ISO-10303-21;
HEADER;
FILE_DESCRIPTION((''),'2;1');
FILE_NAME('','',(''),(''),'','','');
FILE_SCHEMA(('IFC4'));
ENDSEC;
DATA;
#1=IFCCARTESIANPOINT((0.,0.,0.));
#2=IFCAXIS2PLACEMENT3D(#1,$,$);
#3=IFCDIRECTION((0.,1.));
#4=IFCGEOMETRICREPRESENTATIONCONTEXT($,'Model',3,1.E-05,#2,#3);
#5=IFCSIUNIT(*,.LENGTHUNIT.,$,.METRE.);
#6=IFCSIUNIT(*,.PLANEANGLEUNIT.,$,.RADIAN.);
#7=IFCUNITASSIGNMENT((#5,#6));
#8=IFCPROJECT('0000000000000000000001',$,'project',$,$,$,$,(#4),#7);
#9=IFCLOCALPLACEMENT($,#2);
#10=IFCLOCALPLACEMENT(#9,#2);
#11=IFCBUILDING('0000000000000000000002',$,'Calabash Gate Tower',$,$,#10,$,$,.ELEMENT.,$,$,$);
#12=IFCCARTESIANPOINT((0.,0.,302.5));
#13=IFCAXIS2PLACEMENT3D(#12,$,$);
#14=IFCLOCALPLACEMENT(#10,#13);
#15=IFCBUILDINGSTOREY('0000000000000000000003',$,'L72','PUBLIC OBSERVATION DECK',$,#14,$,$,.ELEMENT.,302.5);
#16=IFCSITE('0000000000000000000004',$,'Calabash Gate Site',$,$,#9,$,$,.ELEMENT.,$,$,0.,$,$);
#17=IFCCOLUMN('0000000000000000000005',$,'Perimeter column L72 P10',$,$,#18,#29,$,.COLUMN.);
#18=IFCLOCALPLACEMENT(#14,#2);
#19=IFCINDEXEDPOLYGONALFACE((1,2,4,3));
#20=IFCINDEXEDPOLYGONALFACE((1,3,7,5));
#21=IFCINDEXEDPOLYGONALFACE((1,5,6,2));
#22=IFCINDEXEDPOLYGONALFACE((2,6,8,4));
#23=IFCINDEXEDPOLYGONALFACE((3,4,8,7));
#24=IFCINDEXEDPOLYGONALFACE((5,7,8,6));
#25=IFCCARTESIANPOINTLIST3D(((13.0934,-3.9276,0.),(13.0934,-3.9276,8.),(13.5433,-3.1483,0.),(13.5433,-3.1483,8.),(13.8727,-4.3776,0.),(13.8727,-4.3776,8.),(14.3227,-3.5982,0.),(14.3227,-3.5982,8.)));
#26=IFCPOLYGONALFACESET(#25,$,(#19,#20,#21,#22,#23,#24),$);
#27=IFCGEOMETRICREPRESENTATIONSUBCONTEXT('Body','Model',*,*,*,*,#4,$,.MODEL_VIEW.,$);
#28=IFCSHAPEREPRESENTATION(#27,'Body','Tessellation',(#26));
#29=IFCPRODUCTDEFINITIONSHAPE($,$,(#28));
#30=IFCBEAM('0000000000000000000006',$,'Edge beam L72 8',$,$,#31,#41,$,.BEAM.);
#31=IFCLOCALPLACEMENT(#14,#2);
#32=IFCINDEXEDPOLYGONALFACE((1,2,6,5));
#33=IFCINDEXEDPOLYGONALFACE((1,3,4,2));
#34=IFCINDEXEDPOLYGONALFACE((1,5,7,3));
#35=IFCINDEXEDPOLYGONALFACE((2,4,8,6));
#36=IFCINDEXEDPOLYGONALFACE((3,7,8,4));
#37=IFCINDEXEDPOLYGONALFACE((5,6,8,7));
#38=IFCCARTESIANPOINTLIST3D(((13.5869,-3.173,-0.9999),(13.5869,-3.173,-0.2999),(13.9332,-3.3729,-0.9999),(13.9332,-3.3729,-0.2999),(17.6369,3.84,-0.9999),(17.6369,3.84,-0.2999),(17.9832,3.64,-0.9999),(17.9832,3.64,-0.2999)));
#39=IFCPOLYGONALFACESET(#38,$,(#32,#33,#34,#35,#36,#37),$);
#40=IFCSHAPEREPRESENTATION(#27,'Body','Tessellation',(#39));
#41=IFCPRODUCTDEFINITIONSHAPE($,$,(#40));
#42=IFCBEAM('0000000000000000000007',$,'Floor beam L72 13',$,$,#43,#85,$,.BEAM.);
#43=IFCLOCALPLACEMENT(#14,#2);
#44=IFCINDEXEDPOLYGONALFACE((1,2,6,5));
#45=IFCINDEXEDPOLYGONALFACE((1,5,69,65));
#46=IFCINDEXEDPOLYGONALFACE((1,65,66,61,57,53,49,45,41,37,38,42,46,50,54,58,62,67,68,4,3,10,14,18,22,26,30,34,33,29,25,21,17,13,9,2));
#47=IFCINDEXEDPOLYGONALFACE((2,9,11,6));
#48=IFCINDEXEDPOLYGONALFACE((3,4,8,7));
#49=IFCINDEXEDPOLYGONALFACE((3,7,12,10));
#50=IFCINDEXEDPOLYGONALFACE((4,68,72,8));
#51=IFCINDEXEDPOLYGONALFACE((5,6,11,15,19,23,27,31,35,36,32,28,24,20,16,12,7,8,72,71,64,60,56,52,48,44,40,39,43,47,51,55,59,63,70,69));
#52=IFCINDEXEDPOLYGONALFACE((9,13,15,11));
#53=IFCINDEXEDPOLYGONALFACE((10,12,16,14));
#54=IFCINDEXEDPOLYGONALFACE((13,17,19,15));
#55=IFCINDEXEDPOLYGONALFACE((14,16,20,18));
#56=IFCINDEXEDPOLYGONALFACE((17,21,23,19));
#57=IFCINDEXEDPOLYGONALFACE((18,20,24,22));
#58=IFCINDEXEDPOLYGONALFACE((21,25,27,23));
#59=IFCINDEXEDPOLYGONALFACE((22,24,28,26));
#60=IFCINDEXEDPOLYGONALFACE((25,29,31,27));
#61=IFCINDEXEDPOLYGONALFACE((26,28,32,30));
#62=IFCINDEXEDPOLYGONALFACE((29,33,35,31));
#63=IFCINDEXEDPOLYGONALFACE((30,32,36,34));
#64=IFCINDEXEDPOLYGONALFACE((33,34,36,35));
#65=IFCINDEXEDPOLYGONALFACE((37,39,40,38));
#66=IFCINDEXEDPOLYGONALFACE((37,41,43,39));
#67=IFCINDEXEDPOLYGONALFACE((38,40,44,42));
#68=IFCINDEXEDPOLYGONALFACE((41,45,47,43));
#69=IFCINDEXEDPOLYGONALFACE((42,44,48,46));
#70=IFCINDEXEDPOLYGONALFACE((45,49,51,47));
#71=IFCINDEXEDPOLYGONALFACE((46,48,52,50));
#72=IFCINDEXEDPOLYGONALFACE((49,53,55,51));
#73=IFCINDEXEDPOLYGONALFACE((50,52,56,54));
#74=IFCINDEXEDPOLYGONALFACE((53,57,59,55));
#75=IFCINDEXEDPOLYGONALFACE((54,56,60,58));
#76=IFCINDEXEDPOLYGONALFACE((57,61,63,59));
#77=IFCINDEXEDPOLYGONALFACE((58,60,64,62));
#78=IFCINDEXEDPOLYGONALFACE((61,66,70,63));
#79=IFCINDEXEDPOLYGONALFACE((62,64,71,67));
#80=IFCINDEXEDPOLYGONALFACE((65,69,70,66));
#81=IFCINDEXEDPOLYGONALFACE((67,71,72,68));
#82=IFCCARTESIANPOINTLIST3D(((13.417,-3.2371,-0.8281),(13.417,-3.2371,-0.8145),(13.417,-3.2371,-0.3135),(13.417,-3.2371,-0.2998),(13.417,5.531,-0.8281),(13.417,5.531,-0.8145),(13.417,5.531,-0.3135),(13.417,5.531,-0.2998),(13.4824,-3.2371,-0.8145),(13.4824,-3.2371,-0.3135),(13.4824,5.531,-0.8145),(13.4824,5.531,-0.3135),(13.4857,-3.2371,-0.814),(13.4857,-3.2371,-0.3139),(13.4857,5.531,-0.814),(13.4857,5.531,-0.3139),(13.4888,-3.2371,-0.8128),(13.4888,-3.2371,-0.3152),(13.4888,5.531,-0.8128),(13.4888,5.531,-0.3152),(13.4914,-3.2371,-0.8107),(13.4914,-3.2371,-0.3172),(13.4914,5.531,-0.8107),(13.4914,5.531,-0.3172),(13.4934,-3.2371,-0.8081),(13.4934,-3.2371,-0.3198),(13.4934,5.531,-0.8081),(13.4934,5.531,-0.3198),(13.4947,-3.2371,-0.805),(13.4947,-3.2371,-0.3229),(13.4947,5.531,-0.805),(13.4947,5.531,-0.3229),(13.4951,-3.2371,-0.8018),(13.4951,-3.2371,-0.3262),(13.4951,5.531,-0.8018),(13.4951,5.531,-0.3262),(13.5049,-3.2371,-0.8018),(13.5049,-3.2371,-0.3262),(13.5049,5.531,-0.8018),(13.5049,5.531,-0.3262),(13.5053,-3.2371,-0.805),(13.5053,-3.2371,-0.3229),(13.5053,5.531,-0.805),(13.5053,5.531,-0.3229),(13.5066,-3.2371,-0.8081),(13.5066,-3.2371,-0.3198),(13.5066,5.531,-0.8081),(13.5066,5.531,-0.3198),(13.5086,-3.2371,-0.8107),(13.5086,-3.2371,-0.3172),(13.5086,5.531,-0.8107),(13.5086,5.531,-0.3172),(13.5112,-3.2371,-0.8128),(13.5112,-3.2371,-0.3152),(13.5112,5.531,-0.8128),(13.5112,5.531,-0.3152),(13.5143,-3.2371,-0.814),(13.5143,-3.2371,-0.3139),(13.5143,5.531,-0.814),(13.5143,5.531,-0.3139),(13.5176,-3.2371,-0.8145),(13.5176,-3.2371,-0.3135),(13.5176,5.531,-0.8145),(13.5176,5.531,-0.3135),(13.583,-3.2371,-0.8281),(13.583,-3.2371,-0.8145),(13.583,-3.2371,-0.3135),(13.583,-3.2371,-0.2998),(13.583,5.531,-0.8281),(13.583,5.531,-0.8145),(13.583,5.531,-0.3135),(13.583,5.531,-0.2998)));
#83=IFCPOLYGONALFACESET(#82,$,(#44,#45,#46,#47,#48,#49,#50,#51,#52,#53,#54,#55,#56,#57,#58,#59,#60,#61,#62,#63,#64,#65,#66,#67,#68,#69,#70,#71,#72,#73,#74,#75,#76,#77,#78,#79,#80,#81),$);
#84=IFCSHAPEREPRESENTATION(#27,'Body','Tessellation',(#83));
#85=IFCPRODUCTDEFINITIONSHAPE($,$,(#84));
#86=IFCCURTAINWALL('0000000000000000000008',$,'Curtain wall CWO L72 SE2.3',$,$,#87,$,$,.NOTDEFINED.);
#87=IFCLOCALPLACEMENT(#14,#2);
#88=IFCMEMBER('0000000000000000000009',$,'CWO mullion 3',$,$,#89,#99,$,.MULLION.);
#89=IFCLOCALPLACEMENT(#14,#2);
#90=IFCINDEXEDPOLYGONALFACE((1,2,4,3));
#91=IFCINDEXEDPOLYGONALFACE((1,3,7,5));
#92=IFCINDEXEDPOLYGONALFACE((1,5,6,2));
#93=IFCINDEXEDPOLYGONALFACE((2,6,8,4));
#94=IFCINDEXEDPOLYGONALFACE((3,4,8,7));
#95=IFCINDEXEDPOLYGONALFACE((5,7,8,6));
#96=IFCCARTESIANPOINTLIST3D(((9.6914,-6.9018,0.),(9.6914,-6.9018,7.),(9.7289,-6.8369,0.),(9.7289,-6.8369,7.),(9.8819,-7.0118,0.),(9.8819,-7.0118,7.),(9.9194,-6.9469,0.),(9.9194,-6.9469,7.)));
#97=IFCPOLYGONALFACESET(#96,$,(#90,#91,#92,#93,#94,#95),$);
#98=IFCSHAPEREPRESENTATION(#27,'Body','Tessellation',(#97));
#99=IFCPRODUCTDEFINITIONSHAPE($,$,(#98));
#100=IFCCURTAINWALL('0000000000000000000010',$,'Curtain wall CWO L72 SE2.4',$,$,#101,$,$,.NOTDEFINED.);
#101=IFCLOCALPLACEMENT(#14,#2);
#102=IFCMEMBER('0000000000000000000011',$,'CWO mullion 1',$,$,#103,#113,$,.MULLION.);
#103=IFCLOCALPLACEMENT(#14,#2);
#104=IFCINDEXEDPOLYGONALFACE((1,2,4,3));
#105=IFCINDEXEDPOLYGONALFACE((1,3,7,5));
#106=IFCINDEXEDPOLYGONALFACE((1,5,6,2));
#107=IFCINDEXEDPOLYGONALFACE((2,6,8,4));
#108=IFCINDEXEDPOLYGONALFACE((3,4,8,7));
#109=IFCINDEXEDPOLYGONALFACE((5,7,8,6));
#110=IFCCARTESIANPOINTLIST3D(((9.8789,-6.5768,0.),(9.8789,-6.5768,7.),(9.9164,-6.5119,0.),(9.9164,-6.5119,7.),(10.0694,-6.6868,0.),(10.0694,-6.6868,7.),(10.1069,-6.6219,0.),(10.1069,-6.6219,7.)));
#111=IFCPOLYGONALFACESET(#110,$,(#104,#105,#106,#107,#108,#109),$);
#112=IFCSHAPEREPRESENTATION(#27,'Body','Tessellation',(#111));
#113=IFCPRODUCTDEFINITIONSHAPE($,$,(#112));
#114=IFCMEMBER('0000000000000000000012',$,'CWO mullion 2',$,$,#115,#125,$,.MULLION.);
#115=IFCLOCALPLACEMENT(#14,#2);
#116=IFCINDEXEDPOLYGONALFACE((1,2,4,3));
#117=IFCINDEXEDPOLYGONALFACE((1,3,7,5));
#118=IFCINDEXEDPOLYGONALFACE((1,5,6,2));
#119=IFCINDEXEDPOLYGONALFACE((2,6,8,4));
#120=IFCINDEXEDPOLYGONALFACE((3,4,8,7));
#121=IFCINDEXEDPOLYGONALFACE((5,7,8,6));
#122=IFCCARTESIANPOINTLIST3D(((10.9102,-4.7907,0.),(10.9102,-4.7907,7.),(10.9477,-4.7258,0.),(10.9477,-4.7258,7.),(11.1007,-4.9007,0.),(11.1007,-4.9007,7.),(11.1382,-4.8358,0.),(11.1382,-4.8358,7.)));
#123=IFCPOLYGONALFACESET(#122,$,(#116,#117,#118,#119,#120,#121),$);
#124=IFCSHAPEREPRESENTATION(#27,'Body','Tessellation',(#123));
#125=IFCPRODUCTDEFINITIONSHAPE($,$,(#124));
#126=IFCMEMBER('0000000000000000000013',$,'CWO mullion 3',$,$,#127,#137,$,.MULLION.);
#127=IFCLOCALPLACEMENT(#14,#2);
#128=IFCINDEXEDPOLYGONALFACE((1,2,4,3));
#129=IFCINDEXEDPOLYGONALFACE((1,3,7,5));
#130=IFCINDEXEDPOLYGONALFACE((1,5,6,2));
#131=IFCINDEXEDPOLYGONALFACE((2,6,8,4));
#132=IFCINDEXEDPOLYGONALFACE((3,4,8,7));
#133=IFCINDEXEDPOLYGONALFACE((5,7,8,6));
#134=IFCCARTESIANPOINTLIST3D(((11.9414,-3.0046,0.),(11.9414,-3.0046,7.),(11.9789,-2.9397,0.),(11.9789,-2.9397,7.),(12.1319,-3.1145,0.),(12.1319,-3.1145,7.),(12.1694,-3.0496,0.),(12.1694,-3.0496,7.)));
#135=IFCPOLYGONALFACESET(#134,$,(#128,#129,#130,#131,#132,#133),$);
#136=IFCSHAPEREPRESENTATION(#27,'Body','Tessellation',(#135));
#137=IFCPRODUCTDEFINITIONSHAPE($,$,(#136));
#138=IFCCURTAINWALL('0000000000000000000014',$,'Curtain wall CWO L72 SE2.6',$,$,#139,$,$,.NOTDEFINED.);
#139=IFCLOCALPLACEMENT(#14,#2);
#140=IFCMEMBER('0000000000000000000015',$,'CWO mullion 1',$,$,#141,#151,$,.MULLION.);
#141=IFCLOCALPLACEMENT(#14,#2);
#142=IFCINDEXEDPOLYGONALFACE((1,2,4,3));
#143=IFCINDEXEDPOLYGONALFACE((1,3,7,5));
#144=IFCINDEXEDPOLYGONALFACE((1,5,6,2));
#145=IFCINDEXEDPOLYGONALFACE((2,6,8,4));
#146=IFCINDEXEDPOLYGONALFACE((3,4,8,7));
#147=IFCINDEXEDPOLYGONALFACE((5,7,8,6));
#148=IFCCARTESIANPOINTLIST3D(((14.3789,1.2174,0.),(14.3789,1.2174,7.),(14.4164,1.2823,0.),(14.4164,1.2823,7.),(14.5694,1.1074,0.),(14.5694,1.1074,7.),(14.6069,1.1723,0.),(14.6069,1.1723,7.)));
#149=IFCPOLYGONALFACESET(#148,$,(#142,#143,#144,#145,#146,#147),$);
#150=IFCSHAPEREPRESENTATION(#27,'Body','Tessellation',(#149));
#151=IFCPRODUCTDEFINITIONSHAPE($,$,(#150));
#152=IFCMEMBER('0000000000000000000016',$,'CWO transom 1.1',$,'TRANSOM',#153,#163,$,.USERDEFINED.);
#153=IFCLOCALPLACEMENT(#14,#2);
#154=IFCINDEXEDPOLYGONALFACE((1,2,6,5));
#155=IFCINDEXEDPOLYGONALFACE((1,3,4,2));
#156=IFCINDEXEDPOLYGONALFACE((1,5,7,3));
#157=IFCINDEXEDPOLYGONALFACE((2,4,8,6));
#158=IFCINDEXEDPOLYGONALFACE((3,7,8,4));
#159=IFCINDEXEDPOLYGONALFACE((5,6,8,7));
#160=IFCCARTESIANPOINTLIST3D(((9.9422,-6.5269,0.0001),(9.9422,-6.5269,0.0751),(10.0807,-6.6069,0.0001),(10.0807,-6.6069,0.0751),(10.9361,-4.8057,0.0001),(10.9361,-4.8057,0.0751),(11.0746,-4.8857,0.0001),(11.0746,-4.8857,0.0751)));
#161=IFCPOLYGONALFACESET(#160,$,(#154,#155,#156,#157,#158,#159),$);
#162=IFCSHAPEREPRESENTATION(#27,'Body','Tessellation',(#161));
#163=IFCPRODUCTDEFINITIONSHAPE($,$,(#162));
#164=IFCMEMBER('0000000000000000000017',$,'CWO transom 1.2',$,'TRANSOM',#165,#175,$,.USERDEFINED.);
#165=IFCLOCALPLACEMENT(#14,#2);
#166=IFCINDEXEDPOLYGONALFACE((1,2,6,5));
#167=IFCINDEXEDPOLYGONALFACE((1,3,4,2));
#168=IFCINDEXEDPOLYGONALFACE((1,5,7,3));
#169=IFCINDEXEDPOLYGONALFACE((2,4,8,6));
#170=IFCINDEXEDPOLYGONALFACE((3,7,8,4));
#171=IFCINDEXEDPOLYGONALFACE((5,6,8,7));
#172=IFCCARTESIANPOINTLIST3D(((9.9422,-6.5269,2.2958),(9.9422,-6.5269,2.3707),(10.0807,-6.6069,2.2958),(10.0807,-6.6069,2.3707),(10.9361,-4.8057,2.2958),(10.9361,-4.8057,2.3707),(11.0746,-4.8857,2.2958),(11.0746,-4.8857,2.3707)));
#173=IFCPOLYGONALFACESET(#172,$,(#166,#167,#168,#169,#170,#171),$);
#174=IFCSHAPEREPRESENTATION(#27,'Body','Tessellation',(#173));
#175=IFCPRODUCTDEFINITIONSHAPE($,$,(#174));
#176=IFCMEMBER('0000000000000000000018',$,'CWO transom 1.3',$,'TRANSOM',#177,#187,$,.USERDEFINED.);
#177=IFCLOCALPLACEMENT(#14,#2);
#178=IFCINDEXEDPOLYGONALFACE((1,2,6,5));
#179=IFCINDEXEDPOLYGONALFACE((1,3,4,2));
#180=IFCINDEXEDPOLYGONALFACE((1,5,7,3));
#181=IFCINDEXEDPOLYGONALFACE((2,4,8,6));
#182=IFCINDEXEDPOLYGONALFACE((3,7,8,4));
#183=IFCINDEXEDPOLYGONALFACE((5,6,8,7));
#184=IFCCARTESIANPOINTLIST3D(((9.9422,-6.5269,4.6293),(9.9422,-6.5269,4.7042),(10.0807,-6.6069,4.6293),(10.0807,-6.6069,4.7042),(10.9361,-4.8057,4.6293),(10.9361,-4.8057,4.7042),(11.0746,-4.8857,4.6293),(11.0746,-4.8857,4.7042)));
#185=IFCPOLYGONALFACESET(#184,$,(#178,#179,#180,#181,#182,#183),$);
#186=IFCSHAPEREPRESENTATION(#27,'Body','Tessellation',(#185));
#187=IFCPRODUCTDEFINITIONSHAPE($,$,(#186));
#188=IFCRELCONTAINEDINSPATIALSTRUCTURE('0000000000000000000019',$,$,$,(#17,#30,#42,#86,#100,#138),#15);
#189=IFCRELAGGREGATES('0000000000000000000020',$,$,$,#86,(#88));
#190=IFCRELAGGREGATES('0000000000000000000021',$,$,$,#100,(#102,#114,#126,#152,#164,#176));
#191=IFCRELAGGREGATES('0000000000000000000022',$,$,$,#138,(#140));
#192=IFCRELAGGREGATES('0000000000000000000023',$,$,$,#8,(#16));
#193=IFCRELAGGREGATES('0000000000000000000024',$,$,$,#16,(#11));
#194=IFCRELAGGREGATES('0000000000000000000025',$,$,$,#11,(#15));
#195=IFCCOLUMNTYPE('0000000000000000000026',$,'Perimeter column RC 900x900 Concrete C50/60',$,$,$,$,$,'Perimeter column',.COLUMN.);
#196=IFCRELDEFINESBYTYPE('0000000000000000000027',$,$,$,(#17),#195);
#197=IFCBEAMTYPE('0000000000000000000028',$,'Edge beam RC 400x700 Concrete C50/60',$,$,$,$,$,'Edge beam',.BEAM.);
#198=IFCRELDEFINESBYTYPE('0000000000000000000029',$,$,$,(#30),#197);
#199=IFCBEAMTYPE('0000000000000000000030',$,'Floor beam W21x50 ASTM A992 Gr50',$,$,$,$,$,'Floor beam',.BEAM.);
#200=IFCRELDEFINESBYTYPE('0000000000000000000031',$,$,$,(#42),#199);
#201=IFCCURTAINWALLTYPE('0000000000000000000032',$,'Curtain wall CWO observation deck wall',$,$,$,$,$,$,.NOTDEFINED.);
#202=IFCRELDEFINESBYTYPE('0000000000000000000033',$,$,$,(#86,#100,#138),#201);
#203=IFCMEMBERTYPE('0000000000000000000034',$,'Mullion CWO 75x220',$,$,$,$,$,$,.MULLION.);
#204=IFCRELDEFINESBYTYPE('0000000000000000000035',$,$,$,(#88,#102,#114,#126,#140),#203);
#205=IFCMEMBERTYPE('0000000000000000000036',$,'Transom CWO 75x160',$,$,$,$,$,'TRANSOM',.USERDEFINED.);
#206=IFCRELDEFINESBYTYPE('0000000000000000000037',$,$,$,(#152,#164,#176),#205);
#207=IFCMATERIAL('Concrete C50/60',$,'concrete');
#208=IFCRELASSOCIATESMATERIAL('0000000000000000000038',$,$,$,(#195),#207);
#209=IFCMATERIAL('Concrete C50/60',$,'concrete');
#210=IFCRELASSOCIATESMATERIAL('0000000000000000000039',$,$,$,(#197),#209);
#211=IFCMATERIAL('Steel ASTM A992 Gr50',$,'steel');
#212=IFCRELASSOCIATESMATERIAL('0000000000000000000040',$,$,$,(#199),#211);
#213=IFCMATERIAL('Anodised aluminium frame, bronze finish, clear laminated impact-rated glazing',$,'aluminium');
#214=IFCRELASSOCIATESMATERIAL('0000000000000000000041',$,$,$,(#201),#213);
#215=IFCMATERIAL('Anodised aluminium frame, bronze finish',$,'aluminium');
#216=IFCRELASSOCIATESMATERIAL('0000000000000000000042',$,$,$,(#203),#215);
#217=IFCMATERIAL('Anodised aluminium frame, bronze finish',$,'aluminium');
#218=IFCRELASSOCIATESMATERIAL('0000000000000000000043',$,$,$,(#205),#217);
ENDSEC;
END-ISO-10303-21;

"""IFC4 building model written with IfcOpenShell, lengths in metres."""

from ifc_helpers import new_model, si_unit, direction, frame, origin, origin_2d, place, context, subcontext, project, spatial, rectangle, i_section, extrude, material, material_profile, profile_set, type_object, element, aggregate, save


model = new_model("IFC4")

# Units and contexts
model_context = context("Model", 3, precision=1e-05, world=origin(), true_north=direction((0.0, 1.0)))
body_context = subcontext(model_context, "Body", "Model", "MODEL_VIEW")
ifc_project = project(units=[si_unit("LENGTHUNIT", "METRE"), si_unit("PLANEANGLEUNIT", "RADIAN")], contexts=[model_context])

# Site, building, storey
site_placement = place(None, origin())
site = spatial("IfcSite", under=ifc_project, at=site_placement, Name="Calabash Gate Site", CompositionType="ELEMENT", RefElevation=0.0)
building_placement = place(site_placement, origin())
building = spatial("IfcBuilding", under=site, at=building_placement, Name="Calabash Gate Tower", CompositionType="ELEMENT")
storey_placement = place(building_placement, frame((0.0, 0.0, 302.5)))
storey = spatial("IfcBuildingStorey", under=building, at=storey_placement, Name="L72", Description="PUBLIC OBSERVATION DECK", CompositionType="ELEMENT", Elevation=302.5)

# Column
ifc_material_1 = material(Name="Concrete C50/60", Category="concrete")
ifc_material_profile_1 = material_profile(ifc_material_1, rectangle(XDim=0.8999, YDim=0.8999, at=origin_2d()))
ifc_profile_set_1 = profile_set([ifc_material_profile_1], Name="Concrete C50/60")
column_type = type_object("IfcColumnType", Name="Perimeter column RC 900x900 Concrete C50/60", ElementType="Perimeter column", PredefinedType="COLUMN", material=ifc_profile_set_1)
column_placement = place(storey_placement, frame((13.708, -3.7629, 0.0), z_axis=(0.0, 0.0, 1.0), x_axis=(0.5, 0.866025, 0.0)))
element("IfcColumn", 1, at=column_placement, inside=storey, type_object=column_type, Name="Perimeter column L72 P10", PredefinedType="COLUMN", context=body_context, shape_type="SweptSolid", body=[
    extrude(rectangle(XDim=0.8999, YDim=0.8999, at=origin_2d()), origin(), (0.0, 0.0, 1.0), 8.0),
])

# Beams
ifc_material_2 = material(Name="Concrete C50/60", Category="concrete")
ifc_material_profile_2 = material_profile(ifc_material_2, rectangle(XDim=0.3999, YDim=0.7, at=origin_2d()))
ifc_profile_set_2 = profile_set([ifc_material_profile_2], Name="Concrete C50/60")
beam_type_1 = type_object("IfcBeamType", Name="Edge beam RC 400x700 Concrete C50/60", ElementType="Edge beam", PredefinedType="BEAM", material=ifc_profile_set_2)
beam_1_placement = place(storey_placement, frame((13.76, -3.2729, -0.6499), z_axis=(0.500104, 0.865965, 0.0), x_axis=(-0.865965, 0.500104, 0.0)))
element("IfcBeam", 2, at=beam_1_placement, inside=storey, type_object=beam_type_1, Name="Edge beam L72 8", PredefinedType="BEAM", context=body_context, shape_type="SweptSolid", body=[
    extrude(rectangle(XDim=0.3999, YDim=0.7, at=origin_2d()), origin(), (0.0, 0.0, 1.0), 8.0984),
])
ifc_material_3 = material(Name="Steel ASTM A992 Gr50", Category="steel")
ifc_material_profile_3 = material_profile(ifc_material_3, i_section(OverallWidth=0.166, OverallDepth=0.5283, WebThickness=0.0098, FlangeThickness=0.0137, FilletRadius=0.0127, at=origin_2d()))
ifc_profile_set_3 = profile_set([ifc_material_profile_3], Name="Steel ASTM A992 Gr50")
beam_type_2 = type_object("IfcBeamType", Name="Floor beam W21x50 ASTM A992 Gr50", ElementType="Floor beam", PredefinedType="BEAM", material=ifc_profile_set_3)
beam_2_placement = place(storey_placement, frame((13.5, -3.2371, -0.564), z_axis=(0.0, 1.0, 0.0), x_axis=(-1.0, 0.0, 0.0)))
element("IfcBeam", 3, at=beam_2_placement, inside=storey, type_object=beam_type_2, Name="Floor beam L72 13", PredefinedType="BEAM", context=body_context, shape_type="SweptSolid", body=[
    extrude(i_section(OverallWidth=0.166, OverallDepth=0.5283, WebThickness=0.0098, FlangeThickness=0.0137, FilletRadius=0.0127, at=origin_2d()), origin(), (0.0, 0.0, 1.0), 8.7681),
])

# Curtain wall, member
ifc_material_4 = material(Name="Anodised aluminium frame, bronze finish, clear laminated impact-rated glazing", Category="aluminium")
curtain_wall_type = type_object("IfcCurtainWallType", Name="Curtain wall CWO observation deck wall", PredefinedType="NOTDEFINED", material=ifc_material_4)
curtain_wall_1_placement = place(storey_placement, origin())
curtain_wall_1 = element("IfcCurtainWall", 4, at=curtain_wall_1_placement, inside=storey, type_object=curtain_wall_type, Name="Curtain wall CWO L72 SE2.3", PredefinedType="NOTDEFINED")
ifc_material_5 = material(Name="Anodised aluminium frame, bronze finish", Category="aluminium")
ifc_material_profile_4 = material_profile(ifc_material_5, rectangle(XDim=0.22, YDim=0.075, at=origin_2d()))
ifc_profile_set_4 = profile_set([ifc_material_profile_4], Name="Anodised aluminium frame, bronze finish")
member_type_1 = type_object("IfcMemberType", Name="Mullion CWO 75x220", PredefinedType="MULLION", material=ifc_profile_set_4)
member_1_placement = place(storey_placement, frame((9.8054, -6.9243, 0.0), z_axis=(0.0, 0.0, 1.0), x_axis=(-0.866025, 0.5, 0.0)))
member_1 = element("IfcMember", 5, at=member_1_placement, type_object=member_type_1, Name="CWO mullion 3", PredefinedType="MULLION", context=body_context, shape_type="SweptSolid", body=[
    extrude(rectangle(XDim=0.22, YDim=0.075, at=origin_2d()), origin(), (0.0, 0.0, 1.0), 7.0),
])
aggregate(curtain_wall_1, [member_1])

# Curtain wall, members
curtain_wall_2_placement = place(storey_placement, origin())
curtain_wall_2 = element("IfcCurtainWall", 6, at=curtain_wall_2_placement, inside=storey, type_object=curtain_wall_type, Name="Curtain wall CWO L72 SE2.4", PredefinedType="NOTDEFINED")
member_2_placement = place(storey_placement, frame((9.9929, -6.5994, 0.0), z_axis=(0.0, 0.0, 1.0), x_axis=(-0.866025, 0.5, 0.0)))
member_2 = element("IfcMember", 7, at=member_2_placement, type_object=member_type_1, Name="CWO mullion 1", PredefinedType="MULLION", context=body_context, shape_type="SweptSolid", body=[
    extrude(rectangle(XDim=0.22, YDim=0.075, at=origin_2d()), origin(), (0.0, 0.0, 1.0), 7.0),
])
member_3_placement = place(storey_placement, frame((11.0242, -4.8132, 0.0), z_axis=(0.0, 0.0, 1.0), x_axis=(-0.866025, 0.5, 0.0)))
member_3 = element("IfcMember", 8, at=member_3_placement, type_object=member_type_1, Name="CWO mullion 2", PredefinedType="MULLION", context=body_context, shape_type="SweptSolid", body=[
    extrude(rectangle(XDim=0.22, YDim=0.075, at=origin_2d()), origin(), (0.0, 0.0, 1.0), 7.0),
])
member_4_placement = place(storey_placement, frame((12.0554, -3.0271, 0.0), z_axis=(0.0, 0.0, 1.0), x_axis=(-0.866025, 0.5, 0.0)))
member_4 = element("IfcMember", 9, at=member_4_placement, type_object=member_type_1, Name="CWO mullion 3", PredefinedType="MULLION", context=body_context, shape_type="SweptSolid", body=[
    extrude(rectangle(XDim=0.22, YDim=0.075, at=origin_2d()), origin(), (0.0, 0.0, 1.0), 7.0),
])

# Curtain wall, member
curtain_wall_3_placement = place(storey_placement, origin())
curtain_wall_3 = element("IfcCurtainWall", 10, at=curtain_wall_3_placement, inside=storey, type_object=curtain_wall_type, Name="Curtain wall CWO L72 SE2.6", PredefinedType="NOTDEFINED")
member_5_placement = place(storey_placement, frame((14.4929, 1.1948, 0.0), z_axis=(0.0, 0.0, 1.0), x_axis=(-0.866025, 0.5, 0.0)))
member_5 = element("IfcMember", 11, at=member_5_placement, type_object=member_type_1, Name="CWO mullion 1", PredefinedType="MULLION", context=body_context, shape_type="SweptSolid", body=[
    extrude(rectangle(XDim=0.22, YDim=0.075, at=origin_2d()), origin(), (0.0, 0.0, 1.0), 7.0),
])

# Members
ifc_material_6 = material(Name="Anodised aluminium frame, bronze finish", Category="aluminium")
ifc_material_profile_5 = material_profile(ifc_material_6, rectangle(XDim=0.1599, YDim=0.075, at=origin_2d()))
ifc_profile_set_5 = profile_set([ifc_material_profile_5], Name="Anodised aluminium frame, bronze finish")
member_type_2 = type_object("IfcMemberType", Name="Transom CWO 75x160", ElementType="TRANSOM", PredefinedType="USERDEFINED", material=ifc_profile_set_5)
member_6_placement = place(storey_placement, frame((10.0115, -6.5669, 0.0376), z_axis=(0.500063, 0.865989, 0.0), x_axis=(-0.865989, 0.500063, 0.0)))
member_6 = element("IfcMember", 12, at=member_6_placement, type_object=member_type_2, Name="CWO transom 1.1", ObjectType="TRANSOM", PredefinedType="USERDEFINED", context=body_context, shape_type="SweptSolid", body=[
    extrude(rectangle(XDim=0.1599, YDim=0.075, at=origin_2d()), origin(), (0.0, 0.0, 1.0), 1.9875),
])
member_7_placement = place(storey_placement, frame((10.0115, -6.5669, 2.3333), z_axis=(0.500063, 0.865989, 0.0), x_axis=(-0.865989, 0.500063, 0.0)))
member_7 = element("IfcMember", 13, at=member_7_placement, type_object=member_type_2, Name="CWO transom 1.2", ObjectType="TRANSOM", PredefinedType="USERDEFINED", context=body_context, shape_type="SweptSolid", body=[
    extrude(rectangle(XDim=0.1599, YDim=0.075, at=origin_2d()), origin(), (0.0, 0.0, 1.0), 1.9875),
])
member_8_placement = place(storey_placement, frame((10.0115, -6.5669, 4.6667), z_axis=(0.500063, 0.865989, 0.0), x_axis=(-0.865989, 0.500063, 0.0)))
member_8 = element("IfcMember", 14, at=member_8_placement, type_object=member_type_2, Name="CWO transom 1.3", ObjectType="TRANSOM", PredefinedType="USERDEFINED", context=body_context, shape_type="SweptSolid", body=[
    extrude(rectangle(XDim=0.1599, YDim=0.075, at=origin_2d()), origin(), (0.0, 0.0, 1.0), 1.9875),
])

aggregate(curtain_wall_2, [member_2, member_3, member_4, member_6, member_7, member_8])
aggregate(curtain_wall_3, [member_5])

save(model, "model.ifc")
